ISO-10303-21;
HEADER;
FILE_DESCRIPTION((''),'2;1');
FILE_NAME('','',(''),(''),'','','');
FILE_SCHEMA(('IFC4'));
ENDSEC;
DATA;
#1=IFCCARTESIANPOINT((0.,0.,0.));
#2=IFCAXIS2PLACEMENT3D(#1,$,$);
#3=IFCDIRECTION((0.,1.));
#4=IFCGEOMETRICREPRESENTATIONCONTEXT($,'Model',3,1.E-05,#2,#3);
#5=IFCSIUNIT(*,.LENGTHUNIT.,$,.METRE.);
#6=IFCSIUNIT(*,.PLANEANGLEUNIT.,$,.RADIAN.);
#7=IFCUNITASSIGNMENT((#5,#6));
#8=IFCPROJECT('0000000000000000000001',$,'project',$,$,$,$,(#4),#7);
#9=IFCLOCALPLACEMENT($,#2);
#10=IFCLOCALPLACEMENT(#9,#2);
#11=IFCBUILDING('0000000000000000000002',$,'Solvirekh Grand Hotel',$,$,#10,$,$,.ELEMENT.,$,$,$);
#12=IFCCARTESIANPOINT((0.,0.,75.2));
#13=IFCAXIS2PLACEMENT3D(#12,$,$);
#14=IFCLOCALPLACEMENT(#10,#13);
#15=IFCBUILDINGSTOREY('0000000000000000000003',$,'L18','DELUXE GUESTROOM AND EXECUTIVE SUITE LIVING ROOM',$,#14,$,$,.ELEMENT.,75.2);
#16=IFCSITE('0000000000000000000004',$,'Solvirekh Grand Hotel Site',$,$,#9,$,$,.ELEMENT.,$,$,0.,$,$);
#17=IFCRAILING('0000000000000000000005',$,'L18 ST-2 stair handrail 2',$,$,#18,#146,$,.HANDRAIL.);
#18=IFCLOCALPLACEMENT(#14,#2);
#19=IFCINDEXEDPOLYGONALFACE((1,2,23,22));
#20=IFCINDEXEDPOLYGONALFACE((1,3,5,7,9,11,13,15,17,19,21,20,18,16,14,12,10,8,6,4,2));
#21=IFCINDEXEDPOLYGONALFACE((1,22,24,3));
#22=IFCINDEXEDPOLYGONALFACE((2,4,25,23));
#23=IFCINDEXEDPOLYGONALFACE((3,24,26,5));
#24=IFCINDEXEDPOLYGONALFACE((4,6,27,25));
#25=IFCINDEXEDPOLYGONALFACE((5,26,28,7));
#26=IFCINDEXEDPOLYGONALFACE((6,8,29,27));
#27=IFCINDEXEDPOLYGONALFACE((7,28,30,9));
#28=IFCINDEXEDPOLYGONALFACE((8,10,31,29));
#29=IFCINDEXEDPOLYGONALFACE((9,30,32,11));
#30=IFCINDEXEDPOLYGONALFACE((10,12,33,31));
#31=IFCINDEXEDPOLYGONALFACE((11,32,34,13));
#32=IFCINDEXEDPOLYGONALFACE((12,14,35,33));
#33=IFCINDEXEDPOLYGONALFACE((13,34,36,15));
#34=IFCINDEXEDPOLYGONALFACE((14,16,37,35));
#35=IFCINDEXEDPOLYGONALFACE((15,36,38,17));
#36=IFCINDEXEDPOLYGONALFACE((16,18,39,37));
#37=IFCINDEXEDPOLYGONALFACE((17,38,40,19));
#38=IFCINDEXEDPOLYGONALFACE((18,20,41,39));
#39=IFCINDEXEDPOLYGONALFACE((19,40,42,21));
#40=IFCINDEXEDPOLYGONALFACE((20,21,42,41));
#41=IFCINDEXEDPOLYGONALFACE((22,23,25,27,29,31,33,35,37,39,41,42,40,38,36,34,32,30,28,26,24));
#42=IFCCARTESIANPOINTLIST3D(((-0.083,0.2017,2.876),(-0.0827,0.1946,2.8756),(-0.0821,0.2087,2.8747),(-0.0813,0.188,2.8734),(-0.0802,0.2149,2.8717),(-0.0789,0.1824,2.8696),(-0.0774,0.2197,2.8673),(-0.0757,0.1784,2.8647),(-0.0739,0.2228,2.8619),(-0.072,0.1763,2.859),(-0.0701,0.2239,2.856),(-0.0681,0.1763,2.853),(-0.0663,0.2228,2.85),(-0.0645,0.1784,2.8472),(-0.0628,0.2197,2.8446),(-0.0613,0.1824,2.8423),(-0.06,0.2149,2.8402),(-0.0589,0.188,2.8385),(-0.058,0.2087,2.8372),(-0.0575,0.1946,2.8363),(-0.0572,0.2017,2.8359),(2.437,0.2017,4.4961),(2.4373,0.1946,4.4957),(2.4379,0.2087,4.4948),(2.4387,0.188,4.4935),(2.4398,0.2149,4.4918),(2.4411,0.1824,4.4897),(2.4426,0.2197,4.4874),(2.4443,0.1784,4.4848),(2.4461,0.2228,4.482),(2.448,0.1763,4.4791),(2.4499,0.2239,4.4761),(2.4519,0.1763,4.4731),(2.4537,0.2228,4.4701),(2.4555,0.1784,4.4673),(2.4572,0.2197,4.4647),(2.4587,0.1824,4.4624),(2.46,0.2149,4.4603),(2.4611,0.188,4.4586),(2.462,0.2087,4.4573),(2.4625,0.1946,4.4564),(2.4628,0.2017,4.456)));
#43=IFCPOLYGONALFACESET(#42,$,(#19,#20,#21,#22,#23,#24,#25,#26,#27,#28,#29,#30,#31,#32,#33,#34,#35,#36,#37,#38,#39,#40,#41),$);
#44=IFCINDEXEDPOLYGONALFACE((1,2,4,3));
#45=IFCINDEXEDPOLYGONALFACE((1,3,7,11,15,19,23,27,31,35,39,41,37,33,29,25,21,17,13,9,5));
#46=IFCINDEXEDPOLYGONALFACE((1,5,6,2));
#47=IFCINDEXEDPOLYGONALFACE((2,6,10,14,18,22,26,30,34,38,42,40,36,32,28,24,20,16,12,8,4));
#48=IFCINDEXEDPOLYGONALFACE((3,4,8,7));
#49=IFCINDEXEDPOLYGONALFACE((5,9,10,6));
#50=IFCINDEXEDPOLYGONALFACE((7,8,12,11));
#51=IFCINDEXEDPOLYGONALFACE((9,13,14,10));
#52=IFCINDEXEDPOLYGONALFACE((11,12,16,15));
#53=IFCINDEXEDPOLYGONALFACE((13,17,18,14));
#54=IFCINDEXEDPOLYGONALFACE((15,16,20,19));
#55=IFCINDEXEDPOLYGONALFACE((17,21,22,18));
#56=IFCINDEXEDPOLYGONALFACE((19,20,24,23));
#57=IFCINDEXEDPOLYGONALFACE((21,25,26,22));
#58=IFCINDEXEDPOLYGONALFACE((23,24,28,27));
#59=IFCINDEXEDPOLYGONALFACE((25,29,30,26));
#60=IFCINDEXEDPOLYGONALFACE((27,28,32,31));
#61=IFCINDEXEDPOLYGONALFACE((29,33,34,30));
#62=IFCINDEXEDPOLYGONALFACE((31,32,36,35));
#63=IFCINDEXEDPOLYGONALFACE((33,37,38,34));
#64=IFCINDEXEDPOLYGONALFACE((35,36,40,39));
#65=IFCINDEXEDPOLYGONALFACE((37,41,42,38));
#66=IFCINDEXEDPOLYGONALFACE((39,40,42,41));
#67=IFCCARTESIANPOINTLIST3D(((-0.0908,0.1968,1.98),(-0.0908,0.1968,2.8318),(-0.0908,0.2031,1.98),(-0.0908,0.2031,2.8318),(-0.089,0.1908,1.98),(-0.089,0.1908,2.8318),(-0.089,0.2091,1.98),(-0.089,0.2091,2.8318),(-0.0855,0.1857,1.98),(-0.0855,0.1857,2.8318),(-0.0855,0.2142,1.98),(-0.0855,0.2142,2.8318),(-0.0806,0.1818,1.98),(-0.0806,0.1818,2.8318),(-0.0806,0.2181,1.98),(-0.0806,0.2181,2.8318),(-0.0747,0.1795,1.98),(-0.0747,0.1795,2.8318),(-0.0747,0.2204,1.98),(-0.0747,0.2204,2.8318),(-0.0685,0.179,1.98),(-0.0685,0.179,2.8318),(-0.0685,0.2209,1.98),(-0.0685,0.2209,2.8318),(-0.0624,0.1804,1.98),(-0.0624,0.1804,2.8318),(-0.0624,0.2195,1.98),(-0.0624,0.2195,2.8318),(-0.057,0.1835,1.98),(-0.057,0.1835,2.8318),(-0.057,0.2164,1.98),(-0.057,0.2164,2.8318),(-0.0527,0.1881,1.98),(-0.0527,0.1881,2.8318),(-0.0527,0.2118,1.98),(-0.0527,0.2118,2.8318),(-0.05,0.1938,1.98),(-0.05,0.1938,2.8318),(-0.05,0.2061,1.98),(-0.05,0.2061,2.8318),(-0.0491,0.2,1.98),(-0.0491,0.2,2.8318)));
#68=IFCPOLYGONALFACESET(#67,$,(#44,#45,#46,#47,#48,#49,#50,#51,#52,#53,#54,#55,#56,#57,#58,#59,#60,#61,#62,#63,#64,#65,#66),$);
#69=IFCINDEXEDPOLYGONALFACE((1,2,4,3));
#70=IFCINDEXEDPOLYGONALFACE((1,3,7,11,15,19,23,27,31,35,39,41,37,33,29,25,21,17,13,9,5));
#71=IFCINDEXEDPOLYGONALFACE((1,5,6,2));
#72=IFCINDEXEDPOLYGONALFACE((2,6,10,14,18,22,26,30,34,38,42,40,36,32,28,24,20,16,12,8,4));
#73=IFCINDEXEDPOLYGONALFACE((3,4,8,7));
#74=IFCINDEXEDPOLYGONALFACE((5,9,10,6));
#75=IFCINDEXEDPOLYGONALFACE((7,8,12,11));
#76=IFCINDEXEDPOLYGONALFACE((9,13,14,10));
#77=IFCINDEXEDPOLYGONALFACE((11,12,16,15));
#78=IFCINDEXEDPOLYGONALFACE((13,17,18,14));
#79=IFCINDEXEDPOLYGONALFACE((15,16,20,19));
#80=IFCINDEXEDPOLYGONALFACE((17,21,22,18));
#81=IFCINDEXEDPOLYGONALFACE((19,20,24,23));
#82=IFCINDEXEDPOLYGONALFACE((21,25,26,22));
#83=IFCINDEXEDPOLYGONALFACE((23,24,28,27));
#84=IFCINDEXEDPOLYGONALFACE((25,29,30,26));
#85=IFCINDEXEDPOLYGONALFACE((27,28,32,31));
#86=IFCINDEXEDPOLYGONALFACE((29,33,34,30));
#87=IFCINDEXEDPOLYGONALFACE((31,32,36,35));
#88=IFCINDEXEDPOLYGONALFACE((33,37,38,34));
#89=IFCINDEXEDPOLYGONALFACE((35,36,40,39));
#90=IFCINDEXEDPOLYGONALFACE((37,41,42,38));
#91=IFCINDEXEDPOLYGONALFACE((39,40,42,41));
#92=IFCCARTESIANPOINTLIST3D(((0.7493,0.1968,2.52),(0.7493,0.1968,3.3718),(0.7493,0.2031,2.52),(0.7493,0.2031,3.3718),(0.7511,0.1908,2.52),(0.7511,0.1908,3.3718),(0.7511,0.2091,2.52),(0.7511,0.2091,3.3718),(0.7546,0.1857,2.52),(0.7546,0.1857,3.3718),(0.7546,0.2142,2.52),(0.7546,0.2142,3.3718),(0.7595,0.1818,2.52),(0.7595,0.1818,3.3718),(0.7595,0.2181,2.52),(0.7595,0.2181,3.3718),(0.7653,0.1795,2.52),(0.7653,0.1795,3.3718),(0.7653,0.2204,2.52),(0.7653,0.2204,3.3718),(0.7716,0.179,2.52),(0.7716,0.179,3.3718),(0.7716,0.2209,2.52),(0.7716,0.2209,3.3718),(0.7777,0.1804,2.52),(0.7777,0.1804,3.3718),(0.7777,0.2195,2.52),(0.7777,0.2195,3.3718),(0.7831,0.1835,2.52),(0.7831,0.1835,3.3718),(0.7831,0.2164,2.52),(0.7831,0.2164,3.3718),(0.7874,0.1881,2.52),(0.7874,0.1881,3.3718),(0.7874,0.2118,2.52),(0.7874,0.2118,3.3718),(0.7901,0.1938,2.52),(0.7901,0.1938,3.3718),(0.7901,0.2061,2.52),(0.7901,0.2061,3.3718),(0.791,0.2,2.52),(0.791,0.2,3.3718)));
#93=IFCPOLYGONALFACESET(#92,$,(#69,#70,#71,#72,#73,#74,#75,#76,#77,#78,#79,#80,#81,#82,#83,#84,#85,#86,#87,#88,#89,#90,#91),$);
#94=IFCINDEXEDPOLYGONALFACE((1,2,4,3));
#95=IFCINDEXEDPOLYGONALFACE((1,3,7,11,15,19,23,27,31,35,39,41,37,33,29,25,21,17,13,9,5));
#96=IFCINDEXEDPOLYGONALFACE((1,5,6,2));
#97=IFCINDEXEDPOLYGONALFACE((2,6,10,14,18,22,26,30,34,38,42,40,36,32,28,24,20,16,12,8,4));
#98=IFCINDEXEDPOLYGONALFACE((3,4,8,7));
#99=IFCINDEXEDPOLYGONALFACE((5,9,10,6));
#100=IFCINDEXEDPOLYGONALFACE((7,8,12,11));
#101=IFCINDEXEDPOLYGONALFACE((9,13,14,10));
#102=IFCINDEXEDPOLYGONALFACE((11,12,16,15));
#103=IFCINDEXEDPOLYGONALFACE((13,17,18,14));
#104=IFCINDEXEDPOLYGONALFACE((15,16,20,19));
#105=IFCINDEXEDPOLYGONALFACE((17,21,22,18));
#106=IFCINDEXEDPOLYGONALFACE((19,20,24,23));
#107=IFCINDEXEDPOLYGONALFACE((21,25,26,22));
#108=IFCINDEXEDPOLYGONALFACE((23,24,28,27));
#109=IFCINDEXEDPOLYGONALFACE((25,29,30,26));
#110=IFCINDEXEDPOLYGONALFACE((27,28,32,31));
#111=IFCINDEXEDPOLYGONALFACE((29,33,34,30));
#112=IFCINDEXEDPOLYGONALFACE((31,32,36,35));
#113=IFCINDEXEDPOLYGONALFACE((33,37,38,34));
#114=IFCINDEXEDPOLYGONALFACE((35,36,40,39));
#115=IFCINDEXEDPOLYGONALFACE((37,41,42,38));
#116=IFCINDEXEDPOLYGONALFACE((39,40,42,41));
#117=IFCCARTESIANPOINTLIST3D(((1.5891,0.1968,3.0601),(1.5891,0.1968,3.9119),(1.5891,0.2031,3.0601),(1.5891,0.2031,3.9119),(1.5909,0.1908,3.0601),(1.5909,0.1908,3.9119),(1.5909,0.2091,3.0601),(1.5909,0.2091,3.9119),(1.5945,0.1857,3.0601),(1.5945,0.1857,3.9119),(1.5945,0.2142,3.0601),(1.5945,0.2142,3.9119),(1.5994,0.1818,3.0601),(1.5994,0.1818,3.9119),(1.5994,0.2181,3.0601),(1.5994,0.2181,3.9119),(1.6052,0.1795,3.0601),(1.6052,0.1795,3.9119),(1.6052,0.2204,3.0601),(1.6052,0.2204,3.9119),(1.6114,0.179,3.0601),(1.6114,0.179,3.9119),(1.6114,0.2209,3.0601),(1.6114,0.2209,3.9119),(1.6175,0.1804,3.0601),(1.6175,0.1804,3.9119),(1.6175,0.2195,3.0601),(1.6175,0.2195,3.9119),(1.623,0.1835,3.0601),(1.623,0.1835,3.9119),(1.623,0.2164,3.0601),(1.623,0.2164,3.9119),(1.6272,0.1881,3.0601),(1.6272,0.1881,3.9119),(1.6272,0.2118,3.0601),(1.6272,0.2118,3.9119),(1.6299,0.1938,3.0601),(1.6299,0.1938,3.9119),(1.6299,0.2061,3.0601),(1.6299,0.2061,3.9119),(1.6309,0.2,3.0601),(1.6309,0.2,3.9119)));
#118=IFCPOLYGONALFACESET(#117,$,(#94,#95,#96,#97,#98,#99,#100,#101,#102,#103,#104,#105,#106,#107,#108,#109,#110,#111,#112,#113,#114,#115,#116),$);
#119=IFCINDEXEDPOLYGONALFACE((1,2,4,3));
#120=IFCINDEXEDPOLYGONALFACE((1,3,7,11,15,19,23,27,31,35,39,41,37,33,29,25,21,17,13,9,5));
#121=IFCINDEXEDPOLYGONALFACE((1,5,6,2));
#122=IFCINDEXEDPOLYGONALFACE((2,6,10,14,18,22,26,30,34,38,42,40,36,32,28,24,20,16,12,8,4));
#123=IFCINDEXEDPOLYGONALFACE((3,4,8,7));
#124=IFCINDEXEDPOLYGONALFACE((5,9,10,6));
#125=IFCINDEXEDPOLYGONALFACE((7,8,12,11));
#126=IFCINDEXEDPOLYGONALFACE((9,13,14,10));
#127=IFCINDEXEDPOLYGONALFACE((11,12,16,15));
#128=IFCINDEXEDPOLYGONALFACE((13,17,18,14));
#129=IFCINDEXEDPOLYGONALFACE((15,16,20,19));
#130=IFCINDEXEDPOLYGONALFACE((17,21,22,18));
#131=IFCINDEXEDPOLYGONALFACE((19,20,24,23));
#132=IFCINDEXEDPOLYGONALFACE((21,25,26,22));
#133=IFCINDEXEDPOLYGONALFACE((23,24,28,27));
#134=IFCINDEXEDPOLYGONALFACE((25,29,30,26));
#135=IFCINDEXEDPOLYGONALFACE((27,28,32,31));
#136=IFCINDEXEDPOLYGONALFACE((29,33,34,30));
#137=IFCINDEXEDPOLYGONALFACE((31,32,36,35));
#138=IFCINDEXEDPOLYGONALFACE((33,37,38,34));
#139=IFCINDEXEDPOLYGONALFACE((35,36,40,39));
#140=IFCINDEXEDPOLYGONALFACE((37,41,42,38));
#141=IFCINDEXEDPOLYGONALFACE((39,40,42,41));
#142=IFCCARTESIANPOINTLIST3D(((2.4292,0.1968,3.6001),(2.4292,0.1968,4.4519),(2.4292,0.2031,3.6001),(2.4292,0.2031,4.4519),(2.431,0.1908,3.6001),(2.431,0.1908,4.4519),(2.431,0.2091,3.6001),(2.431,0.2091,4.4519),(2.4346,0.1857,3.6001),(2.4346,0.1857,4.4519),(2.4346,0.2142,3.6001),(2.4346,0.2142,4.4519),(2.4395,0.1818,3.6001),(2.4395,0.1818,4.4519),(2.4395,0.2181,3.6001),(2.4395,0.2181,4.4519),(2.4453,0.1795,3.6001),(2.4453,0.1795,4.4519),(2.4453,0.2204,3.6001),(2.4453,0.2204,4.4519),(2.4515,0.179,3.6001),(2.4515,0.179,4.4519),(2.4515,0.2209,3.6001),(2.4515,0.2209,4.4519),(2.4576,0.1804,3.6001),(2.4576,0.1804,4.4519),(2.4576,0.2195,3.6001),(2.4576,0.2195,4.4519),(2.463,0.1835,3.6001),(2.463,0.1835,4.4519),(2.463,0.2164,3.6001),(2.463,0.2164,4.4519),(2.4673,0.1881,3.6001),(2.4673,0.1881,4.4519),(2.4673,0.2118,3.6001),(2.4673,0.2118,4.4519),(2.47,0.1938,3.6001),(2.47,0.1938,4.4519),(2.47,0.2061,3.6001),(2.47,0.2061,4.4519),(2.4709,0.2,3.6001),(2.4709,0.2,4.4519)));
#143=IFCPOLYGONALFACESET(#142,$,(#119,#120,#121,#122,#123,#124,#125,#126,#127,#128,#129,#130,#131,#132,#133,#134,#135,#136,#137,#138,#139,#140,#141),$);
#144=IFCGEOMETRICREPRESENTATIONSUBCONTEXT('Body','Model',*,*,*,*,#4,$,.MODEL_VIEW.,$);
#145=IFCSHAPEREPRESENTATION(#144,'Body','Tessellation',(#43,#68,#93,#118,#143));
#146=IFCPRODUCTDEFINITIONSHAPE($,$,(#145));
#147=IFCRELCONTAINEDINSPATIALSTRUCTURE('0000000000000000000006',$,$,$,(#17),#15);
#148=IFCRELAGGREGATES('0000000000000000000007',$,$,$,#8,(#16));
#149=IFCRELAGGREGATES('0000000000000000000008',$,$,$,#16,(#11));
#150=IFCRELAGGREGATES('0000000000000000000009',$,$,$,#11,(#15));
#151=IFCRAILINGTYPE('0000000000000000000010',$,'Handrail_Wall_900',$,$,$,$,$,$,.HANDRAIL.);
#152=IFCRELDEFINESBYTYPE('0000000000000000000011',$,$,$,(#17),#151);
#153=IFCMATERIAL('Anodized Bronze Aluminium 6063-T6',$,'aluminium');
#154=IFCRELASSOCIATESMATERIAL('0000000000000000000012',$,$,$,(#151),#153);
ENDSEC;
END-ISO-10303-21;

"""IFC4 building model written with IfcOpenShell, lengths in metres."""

from ifc_helpers import new_model, si_unit, direction, frame, origin, origin_2d, place, context, subcontext, project, spatial, circle, extrude, material, type_object, element, save


model = new_model("IFC4")

# Units and contexts
model_context = context("Model", 3, precision=1e-05, world=origin(), true_north=direction((0.0, 1.0)))
body_context = subcontext(model_context, "Body", "Model", "MODEL_VIEW")
ifc_project = project(units=[si_unit("LENGTHUNIT", "METRE"), si_unit("PLANEANGLEUNIT", "RADIAN")], contexts=[model_context])

# Site, building, storey
site_placement = place(None, origin())
site = spatial("IfcSite", under=ifc_project, at=site_placement, Name="Solvirekh Grand Hotel Site", CompositionType="ELEMENT", RefElevation=0.0)
building_placement = place(site_placement, origin())
building = spatial("IfcBuilding", under=site, at=building_placement, Name="Solvirekh Grand Hotel", CompositionType="ELEMENT")
storey_placement = place(building_placement, frame((0.0, 0.0, 75.2)))
storey = spatial("IfcBuildingStorey", under=building, at=storey_placement, Name="L18", Description="DELUXE GUESTROOM AND EXECUTIVE SUITE LIVING ROOM", CompositionType="ELEMENT", Elevation=75.2)

# Railing
ifc_material_1 = material(Name="Anodized Bronze Aluminium 6063-T6", Category="aluminium")
railing_type_1 = type_object("IfcRailingType", Name="Handrail_Wall_900", PredefinedType="HANDRAIL", material=ifc_material_1)
railing_1_placement = place(storey_placement, frame((-0.0701, 0.2, 1.98)))
element("IfcRailing", 1, at=railing_1_placement, inside=storey, type_object=railing_type_1, Name="L18 ST-2 stair handrail 2", PredefinedType="HANDRAIL", context=body_context, shape_type="SweptSolid", body=[
    extrude(circle(Radius=0.0239, at=origin_2d()), frame((0.0, 0.0, 0.876), z_axis=(0.841163, 0.0, 0.540782), x_axis=(0.0, 1.0, 0.0)), (0.0, 0.0, 1.0), 2.9958),
    extrude(circle(Radius=0.021, at=origin_2d()), origin(), (0.0, 0.0, 1.0), 0.8518),
    extrude(circle(Radius=0.021, at=origin_2d()), frame((0.8401, 0.0, 0.54)), (0.0, 0.0, 1.0), 0.8518),
    extrude(circle(Radius=0.021, at=origin_2d()), frame((1.6799, 0.0, 1.0801)), (0.0, 0.0, 1.0), 0.8518),
    extrude(circle(Radius=0.021, at=origin_2d()), frame((2.52, 0.0, 1.6201)), (0.0, 0.0, 1.0), 0.8518),
])

save(model, "model.ifc")
